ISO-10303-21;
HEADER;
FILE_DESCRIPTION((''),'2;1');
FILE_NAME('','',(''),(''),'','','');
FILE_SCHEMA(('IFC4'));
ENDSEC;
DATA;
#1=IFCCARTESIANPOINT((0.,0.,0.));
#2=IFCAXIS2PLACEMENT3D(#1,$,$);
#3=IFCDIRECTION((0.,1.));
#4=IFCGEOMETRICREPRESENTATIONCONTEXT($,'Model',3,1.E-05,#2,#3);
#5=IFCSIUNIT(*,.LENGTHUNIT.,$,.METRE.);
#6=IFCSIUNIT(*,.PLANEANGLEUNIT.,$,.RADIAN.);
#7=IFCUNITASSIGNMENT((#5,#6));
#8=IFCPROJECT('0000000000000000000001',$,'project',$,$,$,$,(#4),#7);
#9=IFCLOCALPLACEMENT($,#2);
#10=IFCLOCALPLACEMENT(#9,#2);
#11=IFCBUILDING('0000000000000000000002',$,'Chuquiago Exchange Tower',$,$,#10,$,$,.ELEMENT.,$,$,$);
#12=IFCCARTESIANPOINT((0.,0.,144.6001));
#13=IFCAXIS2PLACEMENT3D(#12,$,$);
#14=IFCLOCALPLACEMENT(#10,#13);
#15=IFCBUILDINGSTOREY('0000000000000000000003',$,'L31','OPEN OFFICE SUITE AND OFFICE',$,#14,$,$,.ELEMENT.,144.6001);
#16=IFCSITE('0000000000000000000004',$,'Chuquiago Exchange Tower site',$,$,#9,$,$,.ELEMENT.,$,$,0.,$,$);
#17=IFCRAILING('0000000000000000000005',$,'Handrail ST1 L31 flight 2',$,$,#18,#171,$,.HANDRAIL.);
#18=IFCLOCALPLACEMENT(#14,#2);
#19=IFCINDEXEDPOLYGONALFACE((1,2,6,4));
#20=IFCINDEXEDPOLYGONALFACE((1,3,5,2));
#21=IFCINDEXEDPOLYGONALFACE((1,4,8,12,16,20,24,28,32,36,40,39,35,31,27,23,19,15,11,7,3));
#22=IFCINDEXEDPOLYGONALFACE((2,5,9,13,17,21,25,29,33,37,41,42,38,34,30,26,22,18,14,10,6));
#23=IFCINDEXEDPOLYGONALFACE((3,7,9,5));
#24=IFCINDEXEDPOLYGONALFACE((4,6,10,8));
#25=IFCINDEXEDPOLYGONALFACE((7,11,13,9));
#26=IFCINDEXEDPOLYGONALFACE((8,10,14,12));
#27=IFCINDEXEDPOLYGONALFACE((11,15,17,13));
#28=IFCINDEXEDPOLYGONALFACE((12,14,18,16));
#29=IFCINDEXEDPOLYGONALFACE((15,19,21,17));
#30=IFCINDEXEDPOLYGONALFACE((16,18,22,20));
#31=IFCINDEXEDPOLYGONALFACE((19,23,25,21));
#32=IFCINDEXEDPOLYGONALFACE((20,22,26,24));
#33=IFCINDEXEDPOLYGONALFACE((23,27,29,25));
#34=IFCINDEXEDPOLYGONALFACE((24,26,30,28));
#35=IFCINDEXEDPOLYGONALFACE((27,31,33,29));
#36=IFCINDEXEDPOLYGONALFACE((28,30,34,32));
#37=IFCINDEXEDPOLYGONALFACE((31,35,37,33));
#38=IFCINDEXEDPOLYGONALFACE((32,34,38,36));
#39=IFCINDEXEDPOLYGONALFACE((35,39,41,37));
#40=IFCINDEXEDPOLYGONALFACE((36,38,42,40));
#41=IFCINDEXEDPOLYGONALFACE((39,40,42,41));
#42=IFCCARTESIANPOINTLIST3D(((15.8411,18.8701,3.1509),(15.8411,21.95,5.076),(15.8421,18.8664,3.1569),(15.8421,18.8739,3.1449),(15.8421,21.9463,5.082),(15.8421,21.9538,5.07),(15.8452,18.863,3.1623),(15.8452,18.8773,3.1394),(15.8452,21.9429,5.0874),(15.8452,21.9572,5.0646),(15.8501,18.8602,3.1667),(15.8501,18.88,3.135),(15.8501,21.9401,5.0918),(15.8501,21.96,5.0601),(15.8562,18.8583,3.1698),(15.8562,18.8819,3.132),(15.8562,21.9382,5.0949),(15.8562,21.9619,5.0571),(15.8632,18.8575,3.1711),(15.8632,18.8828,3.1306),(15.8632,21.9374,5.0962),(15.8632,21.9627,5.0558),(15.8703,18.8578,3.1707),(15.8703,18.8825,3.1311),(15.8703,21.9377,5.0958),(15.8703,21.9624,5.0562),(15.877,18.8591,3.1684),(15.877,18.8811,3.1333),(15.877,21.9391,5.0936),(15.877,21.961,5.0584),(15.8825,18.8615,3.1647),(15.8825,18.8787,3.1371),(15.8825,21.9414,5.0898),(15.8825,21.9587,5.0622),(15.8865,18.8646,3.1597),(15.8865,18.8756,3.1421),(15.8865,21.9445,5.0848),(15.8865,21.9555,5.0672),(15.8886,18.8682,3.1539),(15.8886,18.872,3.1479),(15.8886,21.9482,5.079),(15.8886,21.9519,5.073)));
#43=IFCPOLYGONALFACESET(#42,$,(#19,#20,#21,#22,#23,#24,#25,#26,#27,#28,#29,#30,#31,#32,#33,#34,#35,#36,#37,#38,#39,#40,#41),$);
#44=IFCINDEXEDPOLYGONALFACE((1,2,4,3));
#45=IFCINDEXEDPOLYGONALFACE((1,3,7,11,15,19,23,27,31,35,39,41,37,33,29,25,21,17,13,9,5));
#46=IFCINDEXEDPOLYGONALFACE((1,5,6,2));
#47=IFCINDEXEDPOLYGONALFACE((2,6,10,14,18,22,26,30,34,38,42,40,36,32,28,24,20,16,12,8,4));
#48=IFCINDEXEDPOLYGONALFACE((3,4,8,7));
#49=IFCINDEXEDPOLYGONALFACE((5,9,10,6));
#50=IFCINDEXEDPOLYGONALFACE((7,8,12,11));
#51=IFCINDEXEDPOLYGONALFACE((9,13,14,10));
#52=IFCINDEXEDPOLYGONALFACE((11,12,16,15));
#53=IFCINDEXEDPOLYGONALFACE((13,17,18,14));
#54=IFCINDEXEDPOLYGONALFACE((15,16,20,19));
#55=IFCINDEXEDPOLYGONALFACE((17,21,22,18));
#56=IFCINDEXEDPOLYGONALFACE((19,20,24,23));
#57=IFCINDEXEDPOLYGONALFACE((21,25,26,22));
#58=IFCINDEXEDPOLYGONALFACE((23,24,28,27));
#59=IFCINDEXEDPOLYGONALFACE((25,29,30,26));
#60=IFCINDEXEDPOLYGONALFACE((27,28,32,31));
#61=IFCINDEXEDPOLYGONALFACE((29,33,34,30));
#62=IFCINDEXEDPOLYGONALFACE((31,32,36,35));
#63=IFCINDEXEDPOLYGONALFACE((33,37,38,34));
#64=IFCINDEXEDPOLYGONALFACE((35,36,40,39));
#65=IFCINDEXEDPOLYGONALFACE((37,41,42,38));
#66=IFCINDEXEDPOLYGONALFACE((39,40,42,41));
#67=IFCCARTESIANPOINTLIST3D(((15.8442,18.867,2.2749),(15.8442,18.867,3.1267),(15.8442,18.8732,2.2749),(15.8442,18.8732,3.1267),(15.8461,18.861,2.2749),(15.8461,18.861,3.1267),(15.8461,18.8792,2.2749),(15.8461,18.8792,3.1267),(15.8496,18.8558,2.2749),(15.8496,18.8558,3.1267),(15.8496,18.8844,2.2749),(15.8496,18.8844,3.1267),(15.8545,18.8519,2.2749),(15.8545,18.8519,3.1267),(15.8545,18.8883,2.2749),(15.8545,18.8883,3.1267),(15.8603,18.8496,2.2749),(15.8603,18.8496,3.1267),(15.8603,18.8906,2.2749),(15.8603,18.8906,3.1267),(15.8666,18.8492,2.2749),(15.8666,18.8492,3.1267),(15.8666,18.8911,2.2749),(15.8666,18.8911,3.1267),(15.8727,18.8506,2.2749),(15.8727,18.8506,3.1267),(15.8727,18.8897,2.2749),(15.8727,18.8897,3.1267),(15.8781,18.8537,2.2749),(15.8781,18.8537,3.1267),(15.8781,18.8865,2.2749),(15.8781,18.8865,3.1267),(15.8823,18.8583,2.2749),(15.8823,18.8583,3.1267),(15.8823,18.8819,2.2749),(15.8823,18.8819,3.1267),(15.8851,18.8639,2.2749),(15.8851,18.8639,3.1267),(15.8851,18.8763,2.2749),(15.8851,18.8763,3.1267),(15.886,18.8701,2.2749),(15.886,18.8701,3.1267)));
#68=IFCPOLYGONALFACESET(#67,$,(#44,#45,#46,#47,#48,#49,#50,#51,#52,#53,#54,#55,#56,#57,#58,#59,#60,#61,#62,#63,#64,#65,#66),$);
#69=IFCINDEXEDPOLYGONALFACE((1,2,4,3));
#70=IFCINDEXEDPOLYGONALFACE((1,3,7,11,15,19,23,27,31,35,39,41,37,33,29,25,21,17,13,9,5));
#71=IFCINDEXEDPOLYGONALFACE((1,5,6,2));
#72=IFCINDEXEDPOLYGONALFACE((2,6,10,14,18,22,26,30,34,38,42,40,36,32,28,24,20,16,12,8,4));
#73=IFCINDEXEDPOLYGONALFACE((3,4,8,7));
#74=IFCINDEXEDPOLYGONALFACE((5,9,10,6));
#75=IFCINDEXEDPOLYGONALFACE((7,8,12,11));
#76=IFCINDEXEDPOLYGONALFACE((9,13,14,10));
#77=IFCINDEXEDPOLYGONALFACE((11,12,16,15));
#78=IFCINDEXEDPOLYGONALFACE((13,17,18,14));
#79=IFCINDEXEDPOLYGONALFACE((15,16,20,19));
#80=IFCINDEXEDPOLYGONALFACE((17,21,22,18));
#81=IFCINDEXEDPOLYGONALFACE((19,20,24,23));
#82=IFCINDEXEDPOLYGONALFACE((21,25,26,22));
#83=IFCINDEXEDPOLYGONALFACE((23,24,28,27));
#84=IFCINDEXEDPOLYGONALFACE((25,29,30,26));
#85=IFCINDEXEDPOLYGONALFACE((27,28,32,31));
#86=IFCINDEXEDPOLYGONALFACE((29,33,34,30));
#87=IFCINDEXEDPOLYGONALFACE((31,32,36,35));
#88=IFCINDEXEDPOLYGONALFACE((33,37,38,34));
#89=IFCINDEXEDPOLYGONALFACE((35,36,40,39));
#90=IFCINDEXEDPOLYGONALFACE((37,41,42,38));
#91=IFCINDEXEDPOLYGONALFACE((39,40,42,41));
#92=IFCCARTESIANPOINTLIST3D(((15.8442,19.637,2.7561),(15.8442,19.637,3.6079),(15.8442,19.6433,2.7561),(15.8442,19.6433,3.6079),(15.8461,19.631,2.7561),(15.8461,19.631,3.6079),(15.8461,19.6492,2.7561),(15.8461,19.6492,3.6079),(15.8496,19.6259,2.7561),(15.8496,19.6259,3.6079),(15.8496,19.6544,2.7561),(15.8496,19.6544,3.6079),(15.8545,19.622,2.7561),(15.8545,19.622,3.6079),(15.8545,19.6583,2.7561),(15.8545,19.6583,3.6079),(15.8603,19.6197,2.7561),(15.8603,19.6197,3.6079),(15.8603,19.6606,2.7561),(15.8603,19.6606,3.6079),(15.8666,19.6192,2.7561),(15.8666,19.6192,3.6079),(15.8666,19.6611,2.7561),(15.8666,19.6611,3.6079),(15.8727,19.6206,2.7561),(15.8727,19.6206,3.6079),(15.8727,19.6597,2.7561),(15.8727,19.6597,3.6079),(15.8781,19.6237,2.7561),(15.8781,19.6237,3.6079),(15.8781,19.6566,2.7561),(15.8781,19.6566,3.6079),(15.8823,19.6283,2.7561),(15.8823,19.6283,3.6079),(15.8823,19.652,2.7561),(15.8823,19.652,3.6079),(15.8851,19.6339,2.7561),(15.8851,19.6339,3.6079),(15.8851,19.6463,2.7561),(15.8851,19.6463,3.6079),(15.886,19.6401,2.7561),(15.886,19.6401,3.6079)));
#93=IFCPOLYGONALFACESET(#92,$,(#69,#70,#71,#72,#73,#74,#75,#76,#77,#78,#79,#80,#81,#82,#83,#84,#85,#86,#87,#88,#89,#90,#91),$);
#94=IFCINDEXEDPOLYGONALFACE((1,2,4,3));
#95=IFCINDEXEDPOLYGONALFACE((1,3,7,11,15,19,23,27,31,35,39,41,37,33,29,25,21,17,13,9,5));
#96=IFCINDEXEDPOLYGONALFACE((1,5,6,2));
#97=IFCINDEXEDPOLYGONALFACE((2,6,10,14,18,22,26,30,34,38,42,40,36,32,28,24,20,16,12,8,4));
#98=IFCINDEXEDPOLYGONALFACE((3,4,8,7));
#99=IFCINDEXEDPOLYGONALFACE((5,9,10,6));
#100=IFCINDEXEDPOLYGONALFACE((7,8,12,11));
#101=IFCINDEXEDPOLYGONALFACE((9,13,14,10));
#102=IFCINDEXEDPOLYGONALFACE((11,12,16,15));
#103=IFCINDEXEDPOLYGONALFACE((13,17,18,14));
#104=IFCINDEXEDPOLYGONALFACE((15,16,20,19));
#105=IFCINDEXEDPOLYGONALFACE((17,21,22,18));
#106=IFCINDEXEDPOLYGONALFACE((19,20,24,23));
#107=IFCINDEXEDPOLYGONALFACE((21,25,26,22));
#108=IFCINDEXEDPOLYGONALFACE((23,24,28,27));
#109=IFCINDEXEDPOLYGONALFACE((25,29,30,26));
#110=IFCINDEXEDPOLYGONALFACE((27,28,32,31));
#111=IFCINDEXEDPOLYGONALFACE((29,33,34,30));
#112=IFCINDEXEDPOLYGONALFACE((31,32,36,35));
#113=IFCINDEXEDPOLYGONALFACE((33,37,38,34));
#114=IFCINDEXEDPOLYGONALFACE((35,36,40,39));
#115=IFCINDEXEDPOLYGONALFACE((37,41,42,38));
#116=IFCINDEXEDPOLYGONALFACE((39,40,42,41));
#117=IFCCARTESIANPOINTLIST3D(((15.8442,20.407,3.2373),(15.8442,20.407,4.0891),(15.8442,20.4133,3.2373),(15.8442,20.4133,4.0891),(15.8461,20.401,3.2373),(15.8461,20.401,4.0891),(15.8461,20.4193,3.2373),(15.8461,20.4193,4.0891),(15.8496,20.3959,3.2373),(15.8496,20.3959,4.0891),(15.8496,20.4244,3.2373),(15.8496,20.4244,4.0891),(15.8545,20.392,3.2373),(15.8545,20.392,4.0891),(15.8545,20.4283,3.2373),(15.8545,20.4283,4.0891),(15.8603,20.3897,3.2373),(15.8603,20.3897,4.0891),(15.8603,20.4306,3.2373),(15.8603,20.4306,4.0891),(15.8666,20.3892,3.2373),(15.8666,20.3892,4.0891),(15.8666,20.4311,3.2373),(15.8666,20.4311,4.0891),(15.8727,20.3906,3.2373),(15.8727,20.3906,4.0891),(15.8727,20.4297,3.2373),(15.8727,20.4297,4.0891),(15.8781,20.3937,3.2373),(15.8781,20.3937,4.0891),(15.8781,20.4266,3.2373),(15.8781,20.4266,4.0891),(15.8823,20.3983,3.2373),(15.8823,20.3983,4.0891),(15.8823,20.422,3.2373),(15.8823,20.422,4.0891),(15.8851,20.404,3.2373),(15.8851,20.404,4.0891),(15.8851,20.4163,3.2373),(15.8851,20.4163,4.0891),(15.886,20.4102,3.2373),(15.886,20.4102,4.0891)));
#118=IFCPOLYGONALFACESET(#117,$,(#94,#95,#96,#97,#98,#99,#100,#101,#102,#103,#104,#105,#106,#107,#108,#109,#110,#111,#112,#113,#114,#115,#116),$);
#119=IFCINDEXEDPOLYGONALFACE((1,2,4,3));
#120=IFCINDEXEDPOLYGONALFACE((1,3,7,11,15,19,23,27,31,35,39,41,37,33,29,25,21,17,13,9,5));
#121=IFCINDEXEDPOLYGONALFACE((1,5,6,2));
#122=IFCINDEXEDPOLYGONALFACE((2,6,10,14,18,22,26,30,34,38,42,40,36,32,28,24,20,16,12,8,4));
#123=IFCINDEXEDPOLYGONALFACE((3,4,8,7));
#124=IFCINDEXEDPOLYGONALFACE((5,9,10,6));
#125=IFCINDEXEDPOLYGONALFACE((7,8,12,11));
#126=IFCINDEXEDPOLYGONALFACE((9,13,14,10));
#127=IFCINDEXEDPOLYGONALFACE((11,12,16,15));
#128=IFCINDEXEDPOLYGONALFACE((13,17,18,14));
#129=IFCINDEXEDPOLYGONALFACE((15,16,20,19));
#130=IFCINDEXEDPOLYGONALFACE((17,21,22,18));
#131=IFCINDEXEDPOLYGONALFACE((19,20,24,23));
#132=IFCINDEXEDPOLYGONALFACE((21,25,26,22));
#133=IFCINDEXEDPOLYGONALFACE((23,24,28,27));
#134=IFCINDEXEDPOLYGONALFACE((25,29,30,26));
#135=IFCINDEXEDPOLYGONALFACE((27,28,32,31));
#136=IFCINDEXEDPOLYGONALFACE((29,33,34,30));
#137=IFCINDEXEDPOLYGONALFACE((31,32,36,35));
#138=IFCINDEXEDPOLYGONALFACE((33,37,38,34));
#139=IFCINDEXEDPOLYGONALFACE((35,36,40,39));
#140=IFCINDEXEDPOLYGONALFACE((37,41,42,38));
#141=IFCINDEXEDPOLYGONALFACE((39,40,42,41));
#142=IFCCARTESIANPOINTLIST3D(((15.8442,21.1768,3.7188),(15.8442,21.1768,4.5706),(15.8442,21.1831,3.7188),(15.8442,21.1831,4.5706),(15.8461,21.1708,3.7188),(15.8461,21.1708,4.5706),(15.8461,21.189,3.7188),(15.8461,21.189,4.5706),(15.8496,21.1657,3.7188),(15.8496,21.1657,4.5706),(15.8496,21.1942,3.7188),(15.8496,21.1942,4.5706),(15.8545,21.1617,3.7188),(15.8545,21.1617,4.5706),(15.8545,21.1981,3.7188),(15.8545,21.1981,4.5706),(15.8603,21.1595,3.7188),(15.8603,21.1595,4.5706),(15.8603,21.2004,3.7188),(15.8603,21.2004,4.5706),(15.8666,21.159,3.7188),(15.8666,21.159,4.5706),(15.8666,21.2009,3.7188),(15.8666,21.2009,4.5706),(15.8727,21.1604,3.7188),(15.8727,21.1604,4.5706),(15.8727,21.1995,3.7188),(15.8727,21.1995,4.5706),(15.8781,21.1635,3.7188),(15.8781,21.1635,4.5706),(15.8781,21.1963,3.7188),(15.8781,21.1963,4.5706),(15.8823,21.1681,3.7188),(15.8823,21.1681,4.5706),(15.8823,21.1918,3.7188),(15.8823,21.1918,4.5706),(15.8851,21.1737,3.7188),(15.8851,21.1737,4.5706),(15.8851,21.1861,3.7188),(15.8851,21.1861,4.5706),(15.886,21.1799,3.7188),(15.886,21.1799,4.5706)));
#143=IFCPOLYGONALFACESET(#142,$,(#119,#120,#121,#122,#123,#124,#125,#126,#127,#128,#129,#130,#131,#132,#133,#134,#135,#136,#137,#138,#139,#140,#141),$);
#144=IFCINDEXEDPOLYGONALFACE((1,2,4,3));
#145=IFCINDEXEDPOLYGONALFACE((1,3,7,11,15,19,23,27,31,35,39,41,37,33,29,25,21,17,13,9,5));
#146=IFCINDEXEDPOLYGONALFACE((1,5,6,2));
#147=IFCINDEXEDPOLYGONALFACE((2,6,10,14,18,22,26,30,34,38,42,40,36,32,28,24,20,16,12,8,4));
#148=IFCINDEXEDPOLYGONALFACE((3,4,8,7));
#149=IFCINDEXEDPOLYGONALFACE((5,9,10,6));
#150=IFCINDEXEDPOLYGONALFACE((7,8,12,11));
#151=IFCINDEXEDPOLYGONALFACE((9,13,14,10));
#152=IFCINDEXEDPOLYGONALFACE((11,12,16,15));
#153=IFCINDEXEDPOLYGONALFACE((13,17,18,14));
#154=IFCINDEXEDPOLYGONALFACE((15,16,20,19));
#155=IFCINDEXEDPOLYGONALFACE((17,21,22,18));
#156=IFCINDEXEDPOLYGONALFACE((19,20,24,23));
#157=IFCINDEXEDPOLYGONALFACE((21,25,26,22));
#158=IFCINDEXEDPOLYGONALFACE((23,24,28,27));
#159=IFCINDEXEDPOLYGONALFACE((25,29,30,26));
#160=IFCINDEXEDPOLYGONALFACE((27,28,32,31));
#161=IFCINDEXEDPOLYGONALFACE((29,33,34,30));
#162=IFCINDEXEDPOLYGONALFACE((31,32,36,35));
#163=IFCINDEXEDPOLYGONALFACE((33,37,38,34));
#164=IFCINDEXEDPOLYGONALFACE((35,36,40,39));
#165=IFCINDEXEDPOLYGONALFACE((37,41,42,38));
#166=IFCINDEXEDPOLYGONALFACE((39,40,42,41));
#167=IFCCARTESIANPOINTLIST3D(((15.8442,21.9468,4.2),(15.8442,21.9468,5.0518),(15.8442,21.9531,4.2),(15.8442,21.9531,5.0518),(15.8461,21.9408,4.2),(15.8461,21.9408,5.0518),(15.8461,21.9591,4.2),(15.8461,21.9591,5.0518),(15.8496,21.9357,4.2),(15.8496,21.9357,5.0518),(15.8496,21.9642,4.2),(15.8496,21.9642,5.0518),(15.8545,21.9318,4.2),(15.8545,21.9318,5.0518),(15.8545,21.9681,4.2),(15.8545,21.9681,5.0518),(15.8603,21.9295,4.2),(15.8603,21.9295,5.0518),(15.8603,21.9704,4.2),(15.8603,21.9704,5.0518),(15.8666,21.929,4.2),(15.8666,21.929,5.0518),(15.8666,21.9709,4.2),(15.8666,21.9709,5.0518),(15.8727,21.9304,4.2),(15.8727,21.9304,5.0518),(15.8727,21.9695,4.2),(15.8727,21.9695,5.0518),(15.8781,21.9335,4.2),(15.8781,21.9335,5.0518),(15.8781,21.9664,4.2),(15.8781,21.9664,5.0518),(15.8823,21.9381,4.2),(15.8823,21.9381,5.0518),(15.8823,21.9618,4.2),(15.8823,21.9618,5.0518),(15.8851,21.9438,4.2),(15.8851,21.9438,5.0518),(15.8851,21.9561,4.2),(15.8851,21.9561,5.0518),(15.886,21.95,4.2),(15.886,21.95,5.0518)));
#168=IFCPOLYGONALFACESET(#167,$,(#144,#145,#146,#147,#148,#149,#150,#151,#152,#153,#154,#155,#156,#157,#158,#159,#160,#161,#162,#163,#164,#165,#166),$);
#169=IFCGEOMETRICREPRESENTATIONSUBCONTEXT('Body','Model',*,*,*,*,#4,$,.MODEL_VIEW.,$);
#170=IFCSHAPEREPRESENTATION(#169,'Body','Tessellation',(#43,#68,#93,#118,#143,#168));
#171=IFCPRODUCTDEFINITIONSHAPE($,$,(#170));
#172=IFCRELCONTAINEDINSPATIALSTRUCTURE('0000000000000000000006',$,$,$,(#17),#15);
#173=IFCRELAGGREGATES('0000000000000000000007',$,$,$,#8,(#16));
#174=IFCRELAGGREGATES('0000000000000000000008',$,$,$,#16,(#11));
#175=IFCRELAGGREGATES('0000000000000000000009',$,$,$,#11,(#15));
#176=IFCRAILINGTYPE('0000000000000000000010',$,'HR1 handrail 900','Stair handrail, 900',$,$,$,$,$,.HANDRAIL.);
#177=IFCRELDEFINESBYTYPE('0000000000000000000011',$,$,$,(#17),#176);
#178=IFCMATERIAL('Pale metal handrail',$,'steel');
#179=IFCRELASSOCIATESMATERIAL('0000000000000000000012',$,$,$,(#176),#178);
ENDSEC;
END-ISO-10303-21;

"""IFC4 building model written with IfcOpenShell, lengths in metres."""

from ifc_helpers import new_model, si_unit, direction, frame, origin, origin_2d, place, context, subcontext, project, spatial, circle, extrude, material, type_object, element, save


model = new_model("IFC4")

# Units and contexts
model_context = context("Model", 3, precision=1e-05, world=origin(), true_north=direction((0.0, 1.0)))
body_context = subcontext(model_context, "Body", "Model", "MODEL_VIEW")
ifc_project = project(units=[si_unit("LENGTHUNIT", "METRE"), si_unit("PLANEANGLEUNIT", "RADIAN")], contexts=[model_context])

# Site, building, storey
site_placement = place(None, origin())
site = spatial("IfcSite", under=ifc_project, at=site_placement, Name="Chuquiago Exchange Tower site", CompositionType="ELEMENT", RefElevation=0.0)
building_placement = place(site_placement, origin())
building = spatial("IfcBuilding", under=site, at=building_placement, Name="Chuquiago Exchange Tower", CompositionType="ELEMENT")
storey_placement = place(building_placement, frame((0.0, 0.0, 144.6001)))
storey = spatial("IfcBuildingStorey", under=building, at=storey_placement, Name="L31", Description="OPEN OFFICE SUITE AND OFFICE", CompositionType="ELEMENT", Elevation=144.6001)

# Railing
ifc_material_1 = material(Name="Pale metal handrail", Category="steel")
railing_type_1 = type_object("IfcRailingType", Name="HR1 handrail 900", Description="Stair handrail, 900", PredefinedType="HANDRAIL", material=ifc_material_1)
for number, where, name in (
    (1, (15.865, 18.8701, 2.2749), "Handrail ST1 L31 flight 2"),
):
    element("IfcRailing", number, at=place(storey_placement, frame(where)), inside=storey, type_object=railing_type_1, Name=name, PredefinedType="HANDRAIL", context=body_context, shape_type="SweptSolid", body=[
        extrude(circle(Radius=0.0239, at=origin_2d()), frame((0.0, 0.0, 0.876), z_axis=(0.0, 0.847979, 0.530029), x_axis=(-1.0, 0.0, 0.0)), (0.0, 0.0, 1.0), 3.6321),
        extrude(circle(Radius=0.021, at=origin_2d()), origin(), (0.0, 0.0, 1.0), 0.8518),
        extrude(circle(Radius=0.021, at=origin_2d()), frame((0.0, 0.77, 0.4812)), (0.0, 0.0, 1.0), 0.8518),
        extrude(circle(Radius=0.021, at=origin_2d()), frame((0.0, 1.54, 0.9624)), (0.0, 0.0, 1.0), 0.8518),
        extrude(circle(Radius=0.021, at=origin_2d()), frame((0.0, 2.3098, 1.4438)), (0.0, 0.0, 1.0), 0.8518),
        extrude(circle(Radius=0.021, at=origin_2d()), frame((0.0, 3.0798, 1.925)), (0.0, 0.0, 1.0), 0.8518),
    ])

save(model, "model.ifc")
